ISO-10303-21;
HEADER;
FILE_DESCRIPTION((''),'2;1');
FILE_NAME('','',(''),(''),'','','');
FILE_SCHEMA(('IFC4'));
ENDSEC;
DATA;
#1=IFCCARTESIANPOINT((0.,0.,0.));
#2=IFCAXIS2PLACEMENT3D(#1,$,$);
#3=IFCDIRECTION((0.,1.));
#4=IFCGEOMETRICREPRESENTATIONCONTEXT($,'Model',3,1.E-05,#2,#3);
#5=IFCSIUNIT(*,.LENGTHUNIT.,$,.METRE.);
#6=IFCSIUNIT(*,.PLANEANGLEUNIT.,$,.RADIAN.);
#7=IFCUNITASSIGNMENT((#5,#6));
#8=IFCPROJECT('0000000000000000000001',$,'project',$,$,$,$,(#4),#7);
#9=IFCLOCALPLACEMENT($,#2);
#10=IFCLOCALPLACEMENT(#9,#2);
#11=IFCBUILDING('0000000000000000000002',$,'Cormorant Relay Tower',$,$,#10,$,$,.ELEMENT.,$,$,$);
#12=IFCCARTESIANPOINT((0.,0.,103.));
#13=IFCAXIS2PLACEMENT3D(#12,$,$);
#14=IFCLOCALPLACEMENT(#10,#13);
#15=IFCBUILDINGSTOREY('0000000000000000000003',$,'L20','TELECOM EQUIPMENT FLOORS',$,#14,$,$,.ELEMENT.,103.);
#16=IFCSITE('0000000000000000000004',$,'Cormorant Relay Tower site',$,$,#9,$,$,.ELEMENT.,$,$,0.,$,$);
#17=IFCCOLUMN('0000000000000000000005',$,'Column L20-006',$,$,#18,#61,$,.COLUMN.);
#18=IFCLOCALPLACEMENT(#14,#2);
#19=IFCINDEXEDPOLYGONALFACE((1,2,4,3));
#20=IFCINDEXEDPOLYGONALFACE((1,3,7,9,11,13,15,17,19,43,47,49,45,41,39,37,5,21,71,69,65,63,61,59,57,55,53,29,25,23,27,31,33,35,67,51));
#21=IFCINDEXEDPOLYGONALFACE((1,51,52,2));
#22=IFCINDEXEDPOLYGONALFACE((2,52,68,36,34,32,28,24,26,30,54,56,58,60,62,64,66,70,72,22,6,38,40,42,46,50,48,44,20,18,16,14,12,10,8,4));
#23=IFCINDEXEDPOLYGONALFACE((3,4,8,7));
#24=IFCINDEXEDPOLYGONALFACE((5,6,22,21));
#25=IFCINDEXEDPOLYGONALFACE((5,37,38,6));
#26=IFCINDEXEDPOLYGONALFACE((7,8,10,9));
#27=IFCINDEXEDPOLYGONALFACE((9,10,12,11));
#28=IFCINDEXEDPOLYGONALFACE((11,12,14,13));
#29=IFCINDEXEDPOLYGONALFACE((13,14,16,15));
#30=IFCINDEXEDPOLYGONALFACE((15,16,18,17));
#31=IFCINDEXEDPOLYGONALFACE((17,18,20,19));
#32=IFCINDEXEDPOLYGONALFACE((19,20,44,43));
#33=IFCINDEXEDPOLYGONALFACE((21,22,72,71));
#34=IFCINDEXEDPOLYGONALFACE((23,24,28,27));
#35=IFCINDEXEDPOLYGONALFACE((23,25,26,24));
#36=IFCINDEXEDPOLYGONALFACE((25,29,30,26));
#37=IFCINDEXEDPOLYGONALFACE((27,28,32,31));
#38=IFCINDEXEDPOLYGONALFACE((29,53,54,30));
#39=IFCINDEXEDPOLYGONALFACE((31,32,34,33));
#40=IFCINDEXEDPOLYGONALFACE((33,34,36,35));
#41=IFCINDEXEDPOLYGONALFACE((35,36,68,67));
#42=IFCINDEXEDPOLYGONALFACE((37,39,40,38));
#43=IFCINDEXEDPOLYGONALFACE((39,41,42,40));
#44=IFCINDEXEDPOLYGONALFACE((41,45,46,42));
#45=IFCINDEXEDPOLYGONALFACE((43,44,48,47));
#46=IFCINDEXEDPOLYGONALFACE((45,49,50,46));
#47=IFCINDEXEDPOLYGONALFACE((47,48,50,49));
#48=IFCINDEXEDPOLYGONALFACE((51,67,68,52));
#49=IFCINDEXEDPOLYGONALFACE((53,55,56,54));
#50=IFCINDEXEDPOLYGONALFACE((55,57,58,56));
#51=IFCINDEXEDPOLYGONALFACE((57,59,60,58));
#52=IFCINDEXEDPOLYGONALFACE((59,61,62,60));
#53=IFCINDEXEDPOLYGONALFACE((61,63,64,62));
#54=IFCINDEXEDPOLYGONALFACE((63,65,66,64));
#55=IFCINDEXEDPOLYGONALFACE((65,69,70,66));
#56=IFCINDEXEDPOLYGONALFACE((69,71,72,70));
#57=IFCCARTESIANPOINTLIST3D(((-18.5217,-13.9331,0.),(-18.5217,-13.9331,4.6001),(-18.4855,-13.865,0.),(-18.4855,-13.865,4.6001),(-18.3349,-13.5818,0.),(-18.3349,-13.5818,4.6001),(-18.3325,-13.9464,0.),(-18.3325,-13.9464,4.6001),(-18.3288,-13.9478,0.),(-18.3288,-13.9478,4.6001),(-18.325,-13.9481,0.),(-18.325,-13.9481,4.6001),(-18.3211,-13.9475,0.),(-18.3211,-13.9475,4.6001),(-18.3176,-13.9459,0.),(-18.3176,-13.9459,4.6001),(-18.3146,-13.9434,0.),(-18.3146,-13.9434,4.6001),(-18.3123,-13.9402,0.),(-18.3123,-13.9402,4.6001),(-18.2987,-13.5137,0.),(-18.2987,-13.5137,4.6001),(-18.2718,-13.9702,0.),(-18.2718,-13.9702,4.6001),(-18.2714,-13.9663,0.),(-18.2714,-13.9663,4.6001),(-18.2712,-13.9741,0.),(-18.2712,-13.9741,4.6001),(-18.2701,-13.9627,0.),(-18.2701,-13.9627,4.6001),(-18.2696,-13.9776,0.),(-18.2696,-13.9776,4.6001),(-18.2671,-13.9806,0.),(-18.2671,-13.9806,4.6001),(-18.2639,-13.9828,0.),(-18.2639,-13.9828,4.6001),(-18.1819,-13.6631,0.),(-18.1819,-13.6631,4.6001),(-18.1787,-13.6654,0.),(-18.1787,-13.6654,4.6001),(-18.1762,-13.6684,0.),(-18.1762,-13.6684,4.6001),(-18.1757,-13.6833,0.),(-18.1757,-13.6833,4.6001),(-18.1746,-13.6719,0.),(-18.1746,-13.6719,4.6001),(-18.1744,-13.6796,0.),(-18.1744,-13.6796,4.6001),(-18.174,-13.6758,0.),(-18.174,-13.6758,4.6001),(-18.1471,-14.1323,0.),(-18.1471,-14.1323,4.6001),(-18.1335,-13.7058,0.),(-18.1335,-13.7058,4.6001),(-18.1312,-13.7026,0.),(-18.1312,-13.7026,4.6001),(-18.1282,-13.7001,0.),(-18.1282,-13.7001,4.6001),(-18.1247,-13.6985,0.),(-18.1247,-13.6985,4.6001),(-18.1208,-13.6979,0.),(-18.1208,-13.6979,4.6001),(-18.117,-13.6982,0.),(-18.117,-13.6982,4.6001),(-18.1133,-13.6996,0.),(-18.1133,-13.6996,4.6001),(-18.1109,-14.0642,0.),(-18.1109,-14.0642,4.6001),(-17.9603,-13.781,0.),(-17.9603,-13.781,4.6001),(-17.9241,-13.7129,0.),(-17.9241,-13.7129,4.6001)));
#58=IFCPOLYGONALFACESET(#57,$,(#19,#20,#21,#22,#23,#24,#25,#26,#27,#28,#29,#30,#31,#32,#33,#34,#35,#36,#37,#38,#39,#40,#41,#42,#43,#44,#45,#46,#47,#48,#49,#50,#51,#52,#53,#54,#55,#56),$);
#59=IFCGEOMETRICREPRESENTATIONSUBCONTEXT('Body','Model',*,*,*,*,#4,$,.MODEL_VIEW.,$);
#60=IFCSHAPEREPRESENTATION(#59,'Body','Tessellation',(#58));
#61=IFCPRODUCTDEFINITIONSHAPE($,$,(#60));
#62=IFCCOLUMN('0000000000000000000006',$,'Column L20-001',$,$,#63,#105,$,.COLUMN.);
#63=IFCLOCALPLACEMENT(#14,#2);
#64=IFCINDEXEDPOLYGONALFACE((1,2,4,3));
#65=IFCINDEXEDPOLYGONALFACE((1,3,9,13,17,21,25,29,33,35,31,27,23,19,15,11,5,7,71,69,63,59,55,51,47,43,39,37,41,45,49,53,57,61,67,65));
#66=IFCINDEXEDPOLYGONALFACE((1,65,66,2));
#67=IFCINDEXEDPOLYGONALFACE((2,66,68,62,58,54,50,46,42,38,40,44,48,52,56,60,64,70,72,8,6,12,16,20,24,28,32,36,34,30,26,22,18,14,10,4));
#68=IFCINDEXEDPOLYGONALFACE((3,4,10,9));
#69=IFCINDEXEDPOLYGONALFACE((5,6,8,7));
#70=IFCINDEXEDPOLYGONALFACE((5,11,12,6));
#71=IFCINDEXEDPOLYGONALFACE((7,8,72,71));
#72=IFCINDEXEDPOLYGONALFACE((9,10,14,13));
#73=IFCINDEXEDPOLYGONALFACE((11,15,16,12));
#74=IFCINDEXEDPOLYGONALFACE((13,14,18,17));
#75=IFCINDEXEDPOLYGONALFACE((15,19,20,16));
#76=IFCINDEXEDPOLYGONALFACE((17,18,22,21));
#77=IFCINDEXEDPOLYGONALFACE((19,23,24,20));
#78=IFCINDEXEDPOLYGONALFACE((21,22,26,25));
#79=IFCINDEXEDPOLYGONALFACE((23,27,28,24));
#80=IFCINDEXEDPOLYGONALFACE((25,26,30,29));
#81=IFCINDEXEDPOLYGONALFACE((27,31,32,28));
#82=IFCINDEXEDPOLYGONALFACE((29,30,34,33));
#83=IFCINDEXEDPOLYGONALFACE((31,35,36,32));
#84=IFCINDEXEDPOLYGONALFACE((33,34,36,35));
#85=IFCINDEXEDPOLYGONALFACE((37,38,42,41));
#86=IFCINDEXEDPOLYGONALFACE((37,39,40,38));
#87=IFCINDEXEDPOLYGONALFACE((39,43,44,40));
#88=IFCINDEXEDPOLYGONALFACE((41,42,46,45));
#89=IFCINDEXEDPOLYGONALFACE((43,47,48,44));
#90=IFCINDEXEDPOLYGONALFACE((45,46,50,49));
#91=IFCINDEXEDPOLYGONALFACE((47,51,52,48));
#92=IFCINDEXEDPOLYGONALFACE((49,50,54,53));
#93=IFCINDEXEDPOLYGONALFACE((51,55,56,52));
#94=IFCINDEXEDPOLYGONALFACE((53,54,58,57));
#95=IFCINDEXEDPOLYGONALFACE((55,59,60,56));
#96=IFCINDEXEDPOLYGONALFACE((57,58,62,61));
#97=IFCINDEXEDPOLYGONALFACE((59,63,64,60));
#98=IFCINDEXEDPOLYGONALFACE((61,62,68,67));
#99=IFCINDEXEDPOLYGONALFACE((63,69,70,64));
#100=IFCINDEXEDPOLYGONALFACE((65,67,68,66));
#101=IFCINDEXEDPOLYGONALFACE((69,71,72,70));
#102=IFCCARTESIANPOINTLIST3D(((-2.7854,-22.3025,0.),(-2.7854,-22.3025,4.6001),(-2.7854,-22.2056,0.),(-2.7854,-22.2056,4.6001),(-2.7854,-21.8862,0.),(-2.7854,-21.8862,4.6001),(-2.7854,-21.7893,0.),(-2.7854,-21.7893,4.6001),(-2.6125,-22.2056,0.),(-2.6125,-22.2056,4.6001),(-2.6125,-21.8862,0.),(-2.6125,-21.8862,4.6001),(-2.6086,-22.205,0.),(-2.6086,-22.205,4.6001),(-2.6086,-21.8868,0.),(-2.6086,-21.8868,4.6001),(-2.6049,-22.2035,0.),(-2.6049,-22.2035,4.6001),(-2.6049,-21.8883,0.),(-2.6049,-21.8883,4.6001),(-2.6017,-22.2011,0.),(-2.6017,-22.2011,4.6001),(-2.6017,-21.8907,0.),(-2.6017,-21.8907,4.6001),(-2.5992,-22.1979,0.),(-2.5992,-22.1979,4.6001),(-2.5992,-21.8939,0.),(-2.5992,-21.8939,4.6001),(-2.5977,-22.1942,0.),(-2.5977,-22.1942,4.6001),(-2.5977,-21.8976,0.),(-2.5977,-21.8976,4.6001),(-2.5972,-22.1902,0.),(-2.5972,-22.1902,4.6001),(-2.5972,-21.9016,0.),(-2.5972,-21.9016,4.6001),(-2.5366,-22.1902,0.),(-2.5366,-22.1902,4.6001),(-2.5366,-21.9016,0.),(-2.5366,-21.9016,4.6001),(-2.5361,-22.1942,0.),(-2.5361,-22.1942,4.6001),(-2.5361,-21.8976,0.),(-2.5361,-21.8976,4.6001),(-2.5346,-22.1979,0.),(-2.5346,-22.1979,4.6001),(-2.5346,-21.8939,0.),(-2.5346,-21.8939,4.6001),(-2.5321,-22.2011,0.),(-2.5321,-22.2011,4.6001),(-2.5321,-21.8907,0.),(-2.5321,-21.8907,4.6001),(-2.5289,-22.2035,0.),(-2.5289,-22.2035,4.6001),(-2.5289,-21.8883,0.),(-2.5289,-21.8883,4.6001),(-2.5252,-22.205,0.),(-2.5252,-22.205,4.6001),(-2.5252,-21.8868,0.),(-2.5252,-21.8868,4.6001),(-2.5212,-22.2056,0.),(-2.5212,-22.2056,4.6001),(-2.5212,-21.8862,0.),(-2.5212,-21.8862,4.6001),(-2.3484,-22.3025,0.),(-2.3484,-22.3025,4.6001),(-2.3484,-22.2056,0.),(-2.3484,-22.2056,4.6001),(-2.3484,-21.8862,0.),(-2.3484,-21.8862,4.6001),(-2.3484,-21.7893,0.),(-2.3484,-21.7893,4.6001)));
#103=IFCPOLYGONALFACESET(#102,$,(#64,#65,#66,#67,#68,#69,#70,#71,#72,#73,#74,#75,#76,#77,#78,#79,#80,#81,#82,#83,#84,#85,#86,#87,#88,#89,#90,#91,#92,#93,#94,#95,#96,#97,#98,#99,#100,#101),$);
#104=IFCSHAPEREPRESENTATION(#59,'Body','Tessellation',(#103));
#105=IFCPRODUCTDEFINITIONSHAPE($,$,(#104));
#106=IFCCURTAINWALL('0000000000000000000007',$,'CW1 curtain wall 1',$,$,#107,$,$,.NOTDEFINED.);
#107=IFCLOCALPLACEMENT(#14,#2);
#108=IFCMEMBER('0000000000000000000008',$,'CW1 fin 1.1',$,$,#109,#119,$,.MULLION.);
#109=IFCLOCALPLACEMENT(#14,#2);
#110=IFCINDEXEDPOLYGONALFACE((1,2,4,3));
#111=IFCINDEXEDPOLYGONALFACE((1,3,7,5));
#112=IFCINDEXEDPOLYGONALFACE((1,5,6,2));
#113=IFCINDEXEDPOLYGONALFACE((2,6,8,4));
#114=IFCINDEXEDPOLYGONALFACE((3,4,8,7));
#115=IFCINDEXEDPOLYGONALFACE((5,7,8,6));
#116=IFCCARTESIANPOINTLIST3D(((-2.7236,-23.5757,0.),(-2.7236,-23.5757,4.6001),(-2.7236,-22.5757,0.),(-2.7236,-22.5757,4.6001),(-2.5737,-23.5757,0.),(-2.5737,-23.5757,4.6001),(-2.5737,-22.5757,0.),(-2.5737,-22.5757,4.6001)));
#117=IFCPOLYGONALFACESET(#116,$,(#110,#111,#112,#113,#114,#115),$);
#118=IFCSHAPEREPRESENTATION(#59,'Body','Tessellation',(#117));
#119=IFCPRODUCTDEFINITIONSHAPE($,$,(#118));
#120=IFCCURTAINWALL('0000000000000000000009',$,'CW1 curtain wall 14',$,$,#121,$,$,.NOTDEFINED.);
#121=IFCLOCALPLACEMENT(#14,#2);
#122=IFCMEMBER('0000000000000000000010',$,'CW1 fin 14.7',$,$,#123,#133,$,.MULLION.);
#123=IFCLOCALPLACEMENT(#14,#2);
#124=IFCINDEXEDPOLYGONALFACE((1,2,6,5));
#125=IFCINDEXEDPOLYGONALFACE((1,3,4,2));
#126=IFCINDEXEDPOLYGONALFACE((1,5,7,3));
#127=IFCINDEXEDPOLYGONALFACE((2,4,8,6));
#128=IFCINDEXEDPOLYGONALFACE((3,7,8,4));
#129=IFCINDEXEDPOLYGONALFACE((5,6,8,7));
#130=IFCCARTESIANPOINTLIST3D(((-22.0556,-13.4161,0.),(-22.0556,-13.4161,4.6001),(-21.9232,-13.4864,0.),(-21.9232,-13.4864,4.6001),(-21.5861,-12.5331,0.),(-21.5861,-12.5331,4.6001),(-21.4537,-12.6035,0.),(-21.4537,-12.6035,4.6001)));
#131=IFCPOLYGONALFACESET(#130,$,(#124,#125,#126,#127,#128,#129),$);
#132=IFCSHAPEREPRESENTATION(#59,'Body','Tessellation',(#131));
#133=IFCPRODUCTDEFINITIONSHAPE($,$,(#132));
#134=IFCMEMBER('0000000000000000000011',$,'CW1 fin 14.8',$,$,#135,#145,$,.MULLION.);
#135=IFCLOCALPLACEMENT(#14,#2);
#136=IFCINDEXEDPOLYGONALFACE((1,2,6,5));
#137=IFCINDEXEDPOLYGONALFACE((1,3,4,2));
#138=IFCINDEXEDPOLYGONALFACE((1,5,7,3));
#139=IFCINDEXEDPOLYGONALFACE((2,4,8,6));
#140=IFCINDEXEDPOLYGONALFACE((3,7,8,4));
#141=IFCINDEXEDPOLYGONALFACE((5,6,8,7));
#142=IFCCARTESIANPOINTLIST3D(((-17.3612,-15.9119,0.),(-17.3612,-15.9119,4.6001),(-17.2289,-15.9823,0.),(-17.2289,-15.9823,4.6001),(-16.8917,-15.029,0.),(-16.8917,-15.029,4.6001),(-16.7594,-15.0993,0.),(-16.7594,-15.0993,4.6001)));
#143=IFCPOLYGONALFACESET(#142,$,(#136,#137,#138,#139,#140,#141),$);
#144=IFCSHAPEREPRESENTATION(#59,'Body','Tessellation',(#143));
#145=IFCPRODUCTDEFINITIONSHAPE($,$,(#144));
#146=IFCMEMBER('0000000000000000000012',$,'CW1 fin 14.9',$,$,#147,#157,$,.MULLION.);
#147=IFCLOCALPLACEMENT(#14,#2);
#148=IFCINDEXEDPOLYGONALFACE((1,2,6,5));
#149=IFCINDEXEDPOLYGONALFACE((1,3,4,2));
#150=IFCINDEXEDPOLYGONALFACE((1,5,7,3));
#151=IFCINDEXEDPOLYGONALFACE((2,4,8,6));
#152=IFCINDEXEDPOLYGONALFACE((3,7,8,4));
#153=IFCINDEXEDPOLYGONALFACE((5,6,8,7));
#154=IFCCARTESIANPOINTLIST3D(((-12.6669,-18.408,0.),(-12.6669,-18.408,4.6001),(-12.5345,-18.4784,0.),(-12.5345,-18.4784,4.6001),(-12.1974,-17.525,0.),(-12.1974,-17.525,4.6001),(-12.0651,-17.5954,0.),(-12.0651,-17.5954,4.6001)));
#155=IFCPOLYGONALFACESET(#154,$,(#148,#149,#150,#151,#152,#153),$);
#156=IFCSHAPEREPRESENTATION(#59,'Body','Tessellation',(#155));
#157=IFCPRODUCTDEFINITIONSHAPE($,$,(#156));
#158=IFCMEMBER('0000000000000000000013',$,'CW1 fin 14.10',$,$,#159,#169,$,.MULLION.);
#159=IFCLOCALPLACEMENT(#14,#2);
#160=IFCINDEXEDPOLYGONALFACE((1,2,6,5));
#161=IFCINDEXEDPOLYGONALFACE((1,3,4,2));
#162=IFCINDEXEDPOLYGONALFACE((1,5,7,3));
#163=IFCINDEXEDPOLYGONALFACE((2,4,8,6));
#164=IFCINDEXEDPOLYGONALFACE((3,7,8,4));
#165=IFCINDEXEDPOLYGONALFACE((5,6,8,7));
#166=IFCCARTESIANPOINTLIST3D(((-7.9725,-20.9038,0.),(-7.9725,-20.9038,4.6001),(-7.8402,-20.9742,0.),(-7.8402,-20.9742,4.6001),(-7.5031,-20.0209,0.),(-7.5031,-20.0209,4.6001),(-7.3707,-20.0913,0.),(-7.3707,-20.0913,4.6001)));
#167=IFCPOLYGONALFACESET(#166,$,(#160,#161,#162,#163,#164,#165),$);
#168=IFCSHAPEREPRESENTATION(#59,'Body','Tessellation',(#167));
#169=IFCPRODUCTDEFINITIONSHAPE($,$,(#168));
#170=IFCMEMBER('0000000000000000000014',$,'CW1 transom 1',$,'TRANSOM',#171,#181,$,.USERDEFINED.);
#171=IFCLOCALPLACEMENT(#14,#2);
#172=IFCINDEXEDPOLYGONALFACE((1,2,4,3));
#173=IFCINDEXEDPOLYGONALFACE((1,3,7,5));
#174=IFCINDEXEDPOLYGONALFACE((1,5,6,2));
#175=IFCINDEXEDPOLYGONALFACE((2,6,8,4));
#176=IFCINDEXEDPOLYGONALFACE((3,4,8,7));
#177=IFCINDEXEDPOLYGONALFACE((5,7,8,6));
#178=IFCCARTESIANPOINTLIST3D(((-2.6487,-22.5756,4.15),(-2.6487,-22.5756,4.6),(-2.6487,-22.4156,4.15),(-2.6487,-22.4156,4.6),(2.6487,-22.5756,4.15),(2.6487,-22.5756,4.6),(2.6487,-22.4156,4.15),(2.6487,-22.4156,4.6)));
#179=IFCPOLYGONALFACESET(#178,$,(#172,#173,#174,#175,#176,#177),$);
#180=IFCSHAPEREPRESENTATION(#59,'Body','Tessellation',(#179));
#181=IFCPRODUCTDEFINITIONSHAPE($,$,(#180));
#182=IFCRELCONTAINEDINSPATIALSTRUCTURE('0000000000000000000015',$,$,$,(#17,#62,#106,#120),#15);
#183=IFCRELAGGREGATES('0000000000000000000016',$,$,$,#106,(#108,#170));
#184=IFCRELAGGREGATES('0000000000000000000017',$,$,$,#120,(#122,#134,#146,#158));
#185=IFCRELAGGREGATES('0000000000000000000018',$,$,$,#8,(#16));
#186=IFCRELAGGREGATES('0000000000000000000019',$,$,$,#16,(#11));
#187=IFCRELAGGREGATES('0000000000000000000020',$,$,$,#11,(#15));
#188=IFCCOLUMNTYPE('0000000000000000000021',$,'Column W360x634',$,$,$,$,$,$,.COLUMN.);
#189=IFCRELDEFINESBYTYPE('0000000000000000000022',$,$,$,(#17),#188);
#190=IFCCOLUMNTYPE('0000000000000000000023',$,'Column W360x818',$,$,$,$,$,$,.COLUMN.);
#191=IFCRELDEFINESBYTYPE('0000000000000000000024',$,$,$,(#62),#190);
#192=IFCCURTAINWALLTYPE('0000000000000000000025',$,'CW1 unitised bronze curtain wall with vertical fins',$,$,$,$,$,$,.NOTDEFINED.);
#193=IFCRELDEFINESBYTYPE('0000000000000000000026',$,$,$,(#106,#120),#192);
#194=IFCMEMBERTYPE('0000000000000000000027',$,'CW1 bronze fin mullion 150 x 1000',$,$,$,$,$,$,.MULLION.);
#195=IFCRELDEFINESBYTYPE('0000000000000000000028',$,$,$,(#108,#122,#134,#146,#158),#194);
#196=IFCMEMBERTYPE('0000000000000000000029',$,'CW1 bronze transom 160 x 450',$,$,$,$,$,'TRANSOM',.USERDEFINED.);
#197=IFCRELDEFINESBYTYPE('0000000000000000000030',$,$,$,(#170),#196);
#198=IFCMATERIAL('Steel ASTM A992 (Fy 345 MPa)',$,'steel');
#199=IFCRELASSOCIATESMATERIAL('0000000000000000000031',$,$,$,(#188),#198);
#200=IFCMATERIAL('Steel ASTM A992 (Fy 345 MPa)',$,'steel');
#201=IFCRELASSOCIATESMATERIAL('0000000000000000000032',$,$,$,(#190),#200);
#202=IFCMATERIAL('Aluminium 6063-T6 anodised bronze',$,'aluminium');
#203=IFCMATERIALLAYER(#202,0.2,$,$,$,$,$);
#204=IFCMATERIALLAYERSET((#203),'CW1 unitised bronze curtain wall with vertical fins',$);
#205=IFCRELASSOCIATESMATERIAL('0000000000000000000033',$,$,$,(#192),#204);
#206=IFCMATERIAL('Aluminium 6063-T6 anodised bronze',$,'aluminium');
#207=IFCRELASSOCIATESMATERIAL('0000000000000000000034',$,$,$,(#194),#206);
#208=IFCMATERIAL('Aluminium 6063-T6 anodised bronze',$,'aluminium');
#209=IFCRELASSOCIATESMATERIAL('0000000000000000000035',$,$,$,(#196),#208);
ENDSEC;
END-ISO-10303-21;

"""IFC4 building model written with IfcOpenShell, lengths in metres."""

from ifc_helpers import new_model, si_unit, direction, frame, origin, origin_2d, place, context, subcontext, project, spatial, rectangle, i_section, extrude, material, layer, layer_set, material_profile, profile_set, type_object, element, aggregate, save


model = new_model("IFC4")

# Units and contexts
model_context = context("Model", 3, precision=1e-05, world=origin(), true_north=direction((0.0, 1.0)))
body_context = subcontext(model_context, "Body", "Model", "MODEL_VIEW")
ifc_project = project(units=[si_unit("LENGTHUNIT", "METRE"), si_unit("PLANEANGLEUNIT", "RADIAN")], contexts=[model_context])

# Site, building, storey
site_placement = place(None, origin())
site = spatial("IfcSite", under=ifc_project, at=site_placement, Name="Cormorant Relay Tower site", CompositionType="ELEMENT", RefElevation=0.0)
building_placement = place(site_placement, origin())
building = spatial("IfcBuilding", under=site, at=building_placement, Name="Cormorant Relay Tower", CompositionType="ELEMENT")
storey_placement = place(building_placement, frame((0.0, 0.0, 103.0)))
storey = spatial("IfcBuildingStorey", under=building, at=storey_placement, Name="L20", Description="TELECOM EQUIPMENT FLOORS", CompositionType="ELEMENT", Elevation=103.0)

# Columns
ifc_material_1 = material(Name="Steel ASTM A992 (Fy 345 MPa)", Category="steel")
ifc_material_profile_1 = material_profile(ifc_material_1, i_section(OverallWidth=0.4243, OverallDepth=0.4751, WebThickness=0.0479, FlangeThickness=0.0771, FilletRadius=0.0149, at=origin_2d()), Name="W360x634")
ifc_profile_set_1 = profile_set([ifc_material_profile_1], Name="Steel ASTM A992 (Fy 345 MPa)")
column_type_1 = type_object("IfcColumnType", Name="Column W360x634", PredefinedType="COLUMN", material=ifc_profile_set_1)
for number, where, z_axis, x_axis, name in (
    (1, (-18.2229, -13.823, 0.0), (0.0, 0.0, 1.0), (0.882948, -0.469472, 0.0), "Column L20-006"),
):
    element("IfcColumn", number, at=place(storey_placement, frame(where, z_axis=z_axis, x_axis=x_axis)), inside=storey, type_object=column_type_1, Name=name, PredefinedType="COLUMN", context=body_context, shape_type="SweptSolid", body=[
        extrude(i_section(OverallWidth=0.4243, OverallDepth=0.4751, WebThickness=0.0479, FlangeThickness=0.0771, FilletRadius=0.0149, at=origin_2d()), origin(), (0.0, 0.0, 1.0), 4.6001),
    ])
ifc_material_2 = material(Name="Steel ASTM A992 (Fy 345 MPa)", Category="steel")
ifc_material_profile_2 = material_profile(ifc_material_2, i_section(OverallWidth=0.437, OverallDepth=0.5132, WebThickness=0.0605, FlangeThickness=0.0969, FilletRadius=0.0154, at=origin_2d()), Name="W360x818")
ifc_profile_set_2 = profile_set([ifc_material_profile_2], Name="Steel ASTM A992 (Fy 345 MPa)")
column_type_2 = type_object("IfcColumnType", Name="Column W360x818", PredefinedType="COLUMN", material=ifc_profile_set_2)
column_placement = place(storey_placement, frame((-2.5669, -22.0459, 0.0), z_axis=(0.0, 0.0, 1.0), x_axis=(1.0, 0.0, 0.0)))
element("IfcColumn", 2, at=column_placement, inside=storey, type_object=column_type_2, Name="Column L20-001", PredefinedType="COLUMN", context=body_context, shape_type="SweptSolid", body=[
    extrude(i_section(OverallWidth=0.437, OverallDepth=0.5132, WebThickness=0.0605, FlangeThickness=0.0969, FilletRadius=0.0154, at=origin_2d()), origin(), (0.0, 0.0, 1.0), 4.6001),
])

# Curtain wall, member
ifc_material_3 = material(Name="Aluminium 6063-T6 anodised bronze", Category="aluminium")
ifc_layer_1 = layer(ifc_material_3, 0.2)
ifc_layer_set_1 = layer_set([ifc_layer_1], Name="CW1 unitised bronze curtain wall with vertical fins")
curtain_wall_type = type_object("IfcCurtainWallType", Name="CW1 unitised bronze curtain wall with vertical fins", PredefinedType="NOTDEFINED", material=ifc_layer_set_1)
curtain_wall_1_placement = place(storey_placement, origin())
curtain_wall_1 = element("IfcCurtainWall", 3, at=curtain_wall_1_placement, inside=storey, type_object=curtain_wall_type, Name="CW1 curtain wall 1", PredefinedType="NOTDEFINED")
ifc_material_4 = material(Name="Aluminium 6063-T6 anodised bronze", Category="aluminium")
ifc_material_profile_3 = material_profile(ifc_material_4, rectangle(XDim=0.1499, YDim=1.0, at=origin_2d()), Name="AL 150x1000")
ifc_profile_set_3 = profile_set([ifc_material_profile_3], Name="Aluminium 6063-T6 anodised bronze")
member_type_1 = type_object("IfcMemberType", Name="CW1 bronze fin mullion 150 x 1000", PredefinedType="MULLION", material=ifc_profile_set_3)
member_1_placement = place(storey_placement, frame((-2.6487, -23.0757, 0.0), z_axis=(0.0, 0.0, 1.0), x_axis=(1.0, 0.0, 0.0)))
member_1 = element("IfcMember", 4, at=member_1_placement, type_object=member_type_1, Name="CW1 fin 1.1", PredefinedType="MULLION", context=body_context, shape_type="SweptSolid", body=[
    extrude(rectangle(XDim=0.1499, YDim=1.0, at=origin_2d()), origin(), (0.0, 0.0, 1.0), 4.6001),
])

# Curtain wall, members
curtain_wall_2_placement = place(storey_placement, origin())
curtain_wall_2 = element("IfcCurtainWall", 5, at=curtain_wall_2_placement, inside=storey, type_object=curtain_wall_type, Name="CW1 curtain wall 14", PredefinedType="NOTDEFINED")
member_2_placement = place(storey_placement, frame((-21.7546, -13.0098, 0.0), z_axis=(0.0, 0.0, 1.0), x_axis=(0.882948, -0.469472, 0.0)))
member_2 = element("IfcMember", 6, at=member_2_placement, type_object=member_type_1, Name="CW1 fin 14.7", PredefinedType="MULLION", context=body_context, shape_type="SweptSolid", body=[
    extrude(rectangle(XDim=0.1499, YDim=1.0, at=origin_2d()), origin(), (0.0, 0.0, 1.0), 4.6001),
])
member_3_placement = place(storey_placement, frame((-17.0603, -15.5056, 0.0), z_axis=(0.0, 0.0, 1.0), x_axis=(0.882948, -0.469472, 0.0)))
member_3 = element("IfcMember", 7, at=member_3_placement, type_object=member_type_1, Name="CW1 fin 14.8", PredefinedType="MULLION", context=body_context, shape_type="SweptSolid", body=[
    extrude(rectangle(XDim=0.1499, YDim=1.0, at=origin_2d()), origin(), (0.0, 0.0, 1.0), 4.6001),
])
member_4_placement = place(storey_placement, frame((-12.366, -18.0017, 0.0), z_axis=(0.0, 0.0, 1.0), x_axis=(0.882948, -0.469472, 0.0)))
member_4 = element("IfcMember", 8, at=member_4_placement, type_object=member_type_1, Name="CW1 fin 14.9", PredefinedType="MULLION", context=body_context, shape_type="SweptSolid", body=[
    extrude(rectangle(XDim=0.1499, YDim=1.0, at=origin_2d()), origin(), (0.0, 0.0, 1.0), 4.6001),
])
member_5_placement = place(storey_placement, frame((-7.6716, -20.4976, 0.0), z_axis=(0.0, 0.0, 1.0), x_axis=(0.882948, -0.469472, 0.0)))
member_5 = element("IfcMember", 9, at=member_5_placement, type_object=member_type_1, Name="CW1 fin 14.10", PredefinedType="MULLION", context=body_context, shape_type="SweptSolid", body=[
    extrude(rectangle(XDim=0.1499, YDim=1.0, at=origin_2d()), origin(), (0.0, 0.0, 1.0), 4.6001),
])

# Member
ifc_material_5 = material(Name="Aluminium 6063-T6 anodised bronze", Category="aluminium")
ifc_material_profile_4 = material_profile(ifc_material_5, rectangle(XDim=0.1599, YDim=0.45, at=origin_2d()), Name="AL 160x450")
ifc_profile_set_4 = profile_set([ifc_material_profile_4], Name="Aluminium 6063-T6 anodised bronze")
member_type_2 = type_object("IfcMemberType", Name="CW1 bronze transom 160 x 450", ElementType="TRANSOM", PredefinedType="USERDEFINED", material=ifc_profile_set_4)
member_6_placement = place(storey_placement, frame((-2.6487, -22.4956, 4.375), z_axis=(1.0, 0.0, 0.0), x_axis=(0.0, 1.0, 0.0)))
member_6 = element("IfcMember", 10, at=member_6_placement, type_object=member_type_2, Name="CW1 transom 1", ObjectType="TRANSOM", PredefinedType="USERDEFINED", context=body_context, shape_type="SweptSolid", body=[
    extrude(rectangle(XDim=0.1599, YDim=0.45, at=origin_2d()), origin(), (0.0, 0.0, 1.0), 5.2974),
])
aggregate(curtain_wall_1, [member_1, member_6])

aggregate(curtain_wall_2, [member_2, member_3, member_4, member_5])

save(model, "model.ifc")
